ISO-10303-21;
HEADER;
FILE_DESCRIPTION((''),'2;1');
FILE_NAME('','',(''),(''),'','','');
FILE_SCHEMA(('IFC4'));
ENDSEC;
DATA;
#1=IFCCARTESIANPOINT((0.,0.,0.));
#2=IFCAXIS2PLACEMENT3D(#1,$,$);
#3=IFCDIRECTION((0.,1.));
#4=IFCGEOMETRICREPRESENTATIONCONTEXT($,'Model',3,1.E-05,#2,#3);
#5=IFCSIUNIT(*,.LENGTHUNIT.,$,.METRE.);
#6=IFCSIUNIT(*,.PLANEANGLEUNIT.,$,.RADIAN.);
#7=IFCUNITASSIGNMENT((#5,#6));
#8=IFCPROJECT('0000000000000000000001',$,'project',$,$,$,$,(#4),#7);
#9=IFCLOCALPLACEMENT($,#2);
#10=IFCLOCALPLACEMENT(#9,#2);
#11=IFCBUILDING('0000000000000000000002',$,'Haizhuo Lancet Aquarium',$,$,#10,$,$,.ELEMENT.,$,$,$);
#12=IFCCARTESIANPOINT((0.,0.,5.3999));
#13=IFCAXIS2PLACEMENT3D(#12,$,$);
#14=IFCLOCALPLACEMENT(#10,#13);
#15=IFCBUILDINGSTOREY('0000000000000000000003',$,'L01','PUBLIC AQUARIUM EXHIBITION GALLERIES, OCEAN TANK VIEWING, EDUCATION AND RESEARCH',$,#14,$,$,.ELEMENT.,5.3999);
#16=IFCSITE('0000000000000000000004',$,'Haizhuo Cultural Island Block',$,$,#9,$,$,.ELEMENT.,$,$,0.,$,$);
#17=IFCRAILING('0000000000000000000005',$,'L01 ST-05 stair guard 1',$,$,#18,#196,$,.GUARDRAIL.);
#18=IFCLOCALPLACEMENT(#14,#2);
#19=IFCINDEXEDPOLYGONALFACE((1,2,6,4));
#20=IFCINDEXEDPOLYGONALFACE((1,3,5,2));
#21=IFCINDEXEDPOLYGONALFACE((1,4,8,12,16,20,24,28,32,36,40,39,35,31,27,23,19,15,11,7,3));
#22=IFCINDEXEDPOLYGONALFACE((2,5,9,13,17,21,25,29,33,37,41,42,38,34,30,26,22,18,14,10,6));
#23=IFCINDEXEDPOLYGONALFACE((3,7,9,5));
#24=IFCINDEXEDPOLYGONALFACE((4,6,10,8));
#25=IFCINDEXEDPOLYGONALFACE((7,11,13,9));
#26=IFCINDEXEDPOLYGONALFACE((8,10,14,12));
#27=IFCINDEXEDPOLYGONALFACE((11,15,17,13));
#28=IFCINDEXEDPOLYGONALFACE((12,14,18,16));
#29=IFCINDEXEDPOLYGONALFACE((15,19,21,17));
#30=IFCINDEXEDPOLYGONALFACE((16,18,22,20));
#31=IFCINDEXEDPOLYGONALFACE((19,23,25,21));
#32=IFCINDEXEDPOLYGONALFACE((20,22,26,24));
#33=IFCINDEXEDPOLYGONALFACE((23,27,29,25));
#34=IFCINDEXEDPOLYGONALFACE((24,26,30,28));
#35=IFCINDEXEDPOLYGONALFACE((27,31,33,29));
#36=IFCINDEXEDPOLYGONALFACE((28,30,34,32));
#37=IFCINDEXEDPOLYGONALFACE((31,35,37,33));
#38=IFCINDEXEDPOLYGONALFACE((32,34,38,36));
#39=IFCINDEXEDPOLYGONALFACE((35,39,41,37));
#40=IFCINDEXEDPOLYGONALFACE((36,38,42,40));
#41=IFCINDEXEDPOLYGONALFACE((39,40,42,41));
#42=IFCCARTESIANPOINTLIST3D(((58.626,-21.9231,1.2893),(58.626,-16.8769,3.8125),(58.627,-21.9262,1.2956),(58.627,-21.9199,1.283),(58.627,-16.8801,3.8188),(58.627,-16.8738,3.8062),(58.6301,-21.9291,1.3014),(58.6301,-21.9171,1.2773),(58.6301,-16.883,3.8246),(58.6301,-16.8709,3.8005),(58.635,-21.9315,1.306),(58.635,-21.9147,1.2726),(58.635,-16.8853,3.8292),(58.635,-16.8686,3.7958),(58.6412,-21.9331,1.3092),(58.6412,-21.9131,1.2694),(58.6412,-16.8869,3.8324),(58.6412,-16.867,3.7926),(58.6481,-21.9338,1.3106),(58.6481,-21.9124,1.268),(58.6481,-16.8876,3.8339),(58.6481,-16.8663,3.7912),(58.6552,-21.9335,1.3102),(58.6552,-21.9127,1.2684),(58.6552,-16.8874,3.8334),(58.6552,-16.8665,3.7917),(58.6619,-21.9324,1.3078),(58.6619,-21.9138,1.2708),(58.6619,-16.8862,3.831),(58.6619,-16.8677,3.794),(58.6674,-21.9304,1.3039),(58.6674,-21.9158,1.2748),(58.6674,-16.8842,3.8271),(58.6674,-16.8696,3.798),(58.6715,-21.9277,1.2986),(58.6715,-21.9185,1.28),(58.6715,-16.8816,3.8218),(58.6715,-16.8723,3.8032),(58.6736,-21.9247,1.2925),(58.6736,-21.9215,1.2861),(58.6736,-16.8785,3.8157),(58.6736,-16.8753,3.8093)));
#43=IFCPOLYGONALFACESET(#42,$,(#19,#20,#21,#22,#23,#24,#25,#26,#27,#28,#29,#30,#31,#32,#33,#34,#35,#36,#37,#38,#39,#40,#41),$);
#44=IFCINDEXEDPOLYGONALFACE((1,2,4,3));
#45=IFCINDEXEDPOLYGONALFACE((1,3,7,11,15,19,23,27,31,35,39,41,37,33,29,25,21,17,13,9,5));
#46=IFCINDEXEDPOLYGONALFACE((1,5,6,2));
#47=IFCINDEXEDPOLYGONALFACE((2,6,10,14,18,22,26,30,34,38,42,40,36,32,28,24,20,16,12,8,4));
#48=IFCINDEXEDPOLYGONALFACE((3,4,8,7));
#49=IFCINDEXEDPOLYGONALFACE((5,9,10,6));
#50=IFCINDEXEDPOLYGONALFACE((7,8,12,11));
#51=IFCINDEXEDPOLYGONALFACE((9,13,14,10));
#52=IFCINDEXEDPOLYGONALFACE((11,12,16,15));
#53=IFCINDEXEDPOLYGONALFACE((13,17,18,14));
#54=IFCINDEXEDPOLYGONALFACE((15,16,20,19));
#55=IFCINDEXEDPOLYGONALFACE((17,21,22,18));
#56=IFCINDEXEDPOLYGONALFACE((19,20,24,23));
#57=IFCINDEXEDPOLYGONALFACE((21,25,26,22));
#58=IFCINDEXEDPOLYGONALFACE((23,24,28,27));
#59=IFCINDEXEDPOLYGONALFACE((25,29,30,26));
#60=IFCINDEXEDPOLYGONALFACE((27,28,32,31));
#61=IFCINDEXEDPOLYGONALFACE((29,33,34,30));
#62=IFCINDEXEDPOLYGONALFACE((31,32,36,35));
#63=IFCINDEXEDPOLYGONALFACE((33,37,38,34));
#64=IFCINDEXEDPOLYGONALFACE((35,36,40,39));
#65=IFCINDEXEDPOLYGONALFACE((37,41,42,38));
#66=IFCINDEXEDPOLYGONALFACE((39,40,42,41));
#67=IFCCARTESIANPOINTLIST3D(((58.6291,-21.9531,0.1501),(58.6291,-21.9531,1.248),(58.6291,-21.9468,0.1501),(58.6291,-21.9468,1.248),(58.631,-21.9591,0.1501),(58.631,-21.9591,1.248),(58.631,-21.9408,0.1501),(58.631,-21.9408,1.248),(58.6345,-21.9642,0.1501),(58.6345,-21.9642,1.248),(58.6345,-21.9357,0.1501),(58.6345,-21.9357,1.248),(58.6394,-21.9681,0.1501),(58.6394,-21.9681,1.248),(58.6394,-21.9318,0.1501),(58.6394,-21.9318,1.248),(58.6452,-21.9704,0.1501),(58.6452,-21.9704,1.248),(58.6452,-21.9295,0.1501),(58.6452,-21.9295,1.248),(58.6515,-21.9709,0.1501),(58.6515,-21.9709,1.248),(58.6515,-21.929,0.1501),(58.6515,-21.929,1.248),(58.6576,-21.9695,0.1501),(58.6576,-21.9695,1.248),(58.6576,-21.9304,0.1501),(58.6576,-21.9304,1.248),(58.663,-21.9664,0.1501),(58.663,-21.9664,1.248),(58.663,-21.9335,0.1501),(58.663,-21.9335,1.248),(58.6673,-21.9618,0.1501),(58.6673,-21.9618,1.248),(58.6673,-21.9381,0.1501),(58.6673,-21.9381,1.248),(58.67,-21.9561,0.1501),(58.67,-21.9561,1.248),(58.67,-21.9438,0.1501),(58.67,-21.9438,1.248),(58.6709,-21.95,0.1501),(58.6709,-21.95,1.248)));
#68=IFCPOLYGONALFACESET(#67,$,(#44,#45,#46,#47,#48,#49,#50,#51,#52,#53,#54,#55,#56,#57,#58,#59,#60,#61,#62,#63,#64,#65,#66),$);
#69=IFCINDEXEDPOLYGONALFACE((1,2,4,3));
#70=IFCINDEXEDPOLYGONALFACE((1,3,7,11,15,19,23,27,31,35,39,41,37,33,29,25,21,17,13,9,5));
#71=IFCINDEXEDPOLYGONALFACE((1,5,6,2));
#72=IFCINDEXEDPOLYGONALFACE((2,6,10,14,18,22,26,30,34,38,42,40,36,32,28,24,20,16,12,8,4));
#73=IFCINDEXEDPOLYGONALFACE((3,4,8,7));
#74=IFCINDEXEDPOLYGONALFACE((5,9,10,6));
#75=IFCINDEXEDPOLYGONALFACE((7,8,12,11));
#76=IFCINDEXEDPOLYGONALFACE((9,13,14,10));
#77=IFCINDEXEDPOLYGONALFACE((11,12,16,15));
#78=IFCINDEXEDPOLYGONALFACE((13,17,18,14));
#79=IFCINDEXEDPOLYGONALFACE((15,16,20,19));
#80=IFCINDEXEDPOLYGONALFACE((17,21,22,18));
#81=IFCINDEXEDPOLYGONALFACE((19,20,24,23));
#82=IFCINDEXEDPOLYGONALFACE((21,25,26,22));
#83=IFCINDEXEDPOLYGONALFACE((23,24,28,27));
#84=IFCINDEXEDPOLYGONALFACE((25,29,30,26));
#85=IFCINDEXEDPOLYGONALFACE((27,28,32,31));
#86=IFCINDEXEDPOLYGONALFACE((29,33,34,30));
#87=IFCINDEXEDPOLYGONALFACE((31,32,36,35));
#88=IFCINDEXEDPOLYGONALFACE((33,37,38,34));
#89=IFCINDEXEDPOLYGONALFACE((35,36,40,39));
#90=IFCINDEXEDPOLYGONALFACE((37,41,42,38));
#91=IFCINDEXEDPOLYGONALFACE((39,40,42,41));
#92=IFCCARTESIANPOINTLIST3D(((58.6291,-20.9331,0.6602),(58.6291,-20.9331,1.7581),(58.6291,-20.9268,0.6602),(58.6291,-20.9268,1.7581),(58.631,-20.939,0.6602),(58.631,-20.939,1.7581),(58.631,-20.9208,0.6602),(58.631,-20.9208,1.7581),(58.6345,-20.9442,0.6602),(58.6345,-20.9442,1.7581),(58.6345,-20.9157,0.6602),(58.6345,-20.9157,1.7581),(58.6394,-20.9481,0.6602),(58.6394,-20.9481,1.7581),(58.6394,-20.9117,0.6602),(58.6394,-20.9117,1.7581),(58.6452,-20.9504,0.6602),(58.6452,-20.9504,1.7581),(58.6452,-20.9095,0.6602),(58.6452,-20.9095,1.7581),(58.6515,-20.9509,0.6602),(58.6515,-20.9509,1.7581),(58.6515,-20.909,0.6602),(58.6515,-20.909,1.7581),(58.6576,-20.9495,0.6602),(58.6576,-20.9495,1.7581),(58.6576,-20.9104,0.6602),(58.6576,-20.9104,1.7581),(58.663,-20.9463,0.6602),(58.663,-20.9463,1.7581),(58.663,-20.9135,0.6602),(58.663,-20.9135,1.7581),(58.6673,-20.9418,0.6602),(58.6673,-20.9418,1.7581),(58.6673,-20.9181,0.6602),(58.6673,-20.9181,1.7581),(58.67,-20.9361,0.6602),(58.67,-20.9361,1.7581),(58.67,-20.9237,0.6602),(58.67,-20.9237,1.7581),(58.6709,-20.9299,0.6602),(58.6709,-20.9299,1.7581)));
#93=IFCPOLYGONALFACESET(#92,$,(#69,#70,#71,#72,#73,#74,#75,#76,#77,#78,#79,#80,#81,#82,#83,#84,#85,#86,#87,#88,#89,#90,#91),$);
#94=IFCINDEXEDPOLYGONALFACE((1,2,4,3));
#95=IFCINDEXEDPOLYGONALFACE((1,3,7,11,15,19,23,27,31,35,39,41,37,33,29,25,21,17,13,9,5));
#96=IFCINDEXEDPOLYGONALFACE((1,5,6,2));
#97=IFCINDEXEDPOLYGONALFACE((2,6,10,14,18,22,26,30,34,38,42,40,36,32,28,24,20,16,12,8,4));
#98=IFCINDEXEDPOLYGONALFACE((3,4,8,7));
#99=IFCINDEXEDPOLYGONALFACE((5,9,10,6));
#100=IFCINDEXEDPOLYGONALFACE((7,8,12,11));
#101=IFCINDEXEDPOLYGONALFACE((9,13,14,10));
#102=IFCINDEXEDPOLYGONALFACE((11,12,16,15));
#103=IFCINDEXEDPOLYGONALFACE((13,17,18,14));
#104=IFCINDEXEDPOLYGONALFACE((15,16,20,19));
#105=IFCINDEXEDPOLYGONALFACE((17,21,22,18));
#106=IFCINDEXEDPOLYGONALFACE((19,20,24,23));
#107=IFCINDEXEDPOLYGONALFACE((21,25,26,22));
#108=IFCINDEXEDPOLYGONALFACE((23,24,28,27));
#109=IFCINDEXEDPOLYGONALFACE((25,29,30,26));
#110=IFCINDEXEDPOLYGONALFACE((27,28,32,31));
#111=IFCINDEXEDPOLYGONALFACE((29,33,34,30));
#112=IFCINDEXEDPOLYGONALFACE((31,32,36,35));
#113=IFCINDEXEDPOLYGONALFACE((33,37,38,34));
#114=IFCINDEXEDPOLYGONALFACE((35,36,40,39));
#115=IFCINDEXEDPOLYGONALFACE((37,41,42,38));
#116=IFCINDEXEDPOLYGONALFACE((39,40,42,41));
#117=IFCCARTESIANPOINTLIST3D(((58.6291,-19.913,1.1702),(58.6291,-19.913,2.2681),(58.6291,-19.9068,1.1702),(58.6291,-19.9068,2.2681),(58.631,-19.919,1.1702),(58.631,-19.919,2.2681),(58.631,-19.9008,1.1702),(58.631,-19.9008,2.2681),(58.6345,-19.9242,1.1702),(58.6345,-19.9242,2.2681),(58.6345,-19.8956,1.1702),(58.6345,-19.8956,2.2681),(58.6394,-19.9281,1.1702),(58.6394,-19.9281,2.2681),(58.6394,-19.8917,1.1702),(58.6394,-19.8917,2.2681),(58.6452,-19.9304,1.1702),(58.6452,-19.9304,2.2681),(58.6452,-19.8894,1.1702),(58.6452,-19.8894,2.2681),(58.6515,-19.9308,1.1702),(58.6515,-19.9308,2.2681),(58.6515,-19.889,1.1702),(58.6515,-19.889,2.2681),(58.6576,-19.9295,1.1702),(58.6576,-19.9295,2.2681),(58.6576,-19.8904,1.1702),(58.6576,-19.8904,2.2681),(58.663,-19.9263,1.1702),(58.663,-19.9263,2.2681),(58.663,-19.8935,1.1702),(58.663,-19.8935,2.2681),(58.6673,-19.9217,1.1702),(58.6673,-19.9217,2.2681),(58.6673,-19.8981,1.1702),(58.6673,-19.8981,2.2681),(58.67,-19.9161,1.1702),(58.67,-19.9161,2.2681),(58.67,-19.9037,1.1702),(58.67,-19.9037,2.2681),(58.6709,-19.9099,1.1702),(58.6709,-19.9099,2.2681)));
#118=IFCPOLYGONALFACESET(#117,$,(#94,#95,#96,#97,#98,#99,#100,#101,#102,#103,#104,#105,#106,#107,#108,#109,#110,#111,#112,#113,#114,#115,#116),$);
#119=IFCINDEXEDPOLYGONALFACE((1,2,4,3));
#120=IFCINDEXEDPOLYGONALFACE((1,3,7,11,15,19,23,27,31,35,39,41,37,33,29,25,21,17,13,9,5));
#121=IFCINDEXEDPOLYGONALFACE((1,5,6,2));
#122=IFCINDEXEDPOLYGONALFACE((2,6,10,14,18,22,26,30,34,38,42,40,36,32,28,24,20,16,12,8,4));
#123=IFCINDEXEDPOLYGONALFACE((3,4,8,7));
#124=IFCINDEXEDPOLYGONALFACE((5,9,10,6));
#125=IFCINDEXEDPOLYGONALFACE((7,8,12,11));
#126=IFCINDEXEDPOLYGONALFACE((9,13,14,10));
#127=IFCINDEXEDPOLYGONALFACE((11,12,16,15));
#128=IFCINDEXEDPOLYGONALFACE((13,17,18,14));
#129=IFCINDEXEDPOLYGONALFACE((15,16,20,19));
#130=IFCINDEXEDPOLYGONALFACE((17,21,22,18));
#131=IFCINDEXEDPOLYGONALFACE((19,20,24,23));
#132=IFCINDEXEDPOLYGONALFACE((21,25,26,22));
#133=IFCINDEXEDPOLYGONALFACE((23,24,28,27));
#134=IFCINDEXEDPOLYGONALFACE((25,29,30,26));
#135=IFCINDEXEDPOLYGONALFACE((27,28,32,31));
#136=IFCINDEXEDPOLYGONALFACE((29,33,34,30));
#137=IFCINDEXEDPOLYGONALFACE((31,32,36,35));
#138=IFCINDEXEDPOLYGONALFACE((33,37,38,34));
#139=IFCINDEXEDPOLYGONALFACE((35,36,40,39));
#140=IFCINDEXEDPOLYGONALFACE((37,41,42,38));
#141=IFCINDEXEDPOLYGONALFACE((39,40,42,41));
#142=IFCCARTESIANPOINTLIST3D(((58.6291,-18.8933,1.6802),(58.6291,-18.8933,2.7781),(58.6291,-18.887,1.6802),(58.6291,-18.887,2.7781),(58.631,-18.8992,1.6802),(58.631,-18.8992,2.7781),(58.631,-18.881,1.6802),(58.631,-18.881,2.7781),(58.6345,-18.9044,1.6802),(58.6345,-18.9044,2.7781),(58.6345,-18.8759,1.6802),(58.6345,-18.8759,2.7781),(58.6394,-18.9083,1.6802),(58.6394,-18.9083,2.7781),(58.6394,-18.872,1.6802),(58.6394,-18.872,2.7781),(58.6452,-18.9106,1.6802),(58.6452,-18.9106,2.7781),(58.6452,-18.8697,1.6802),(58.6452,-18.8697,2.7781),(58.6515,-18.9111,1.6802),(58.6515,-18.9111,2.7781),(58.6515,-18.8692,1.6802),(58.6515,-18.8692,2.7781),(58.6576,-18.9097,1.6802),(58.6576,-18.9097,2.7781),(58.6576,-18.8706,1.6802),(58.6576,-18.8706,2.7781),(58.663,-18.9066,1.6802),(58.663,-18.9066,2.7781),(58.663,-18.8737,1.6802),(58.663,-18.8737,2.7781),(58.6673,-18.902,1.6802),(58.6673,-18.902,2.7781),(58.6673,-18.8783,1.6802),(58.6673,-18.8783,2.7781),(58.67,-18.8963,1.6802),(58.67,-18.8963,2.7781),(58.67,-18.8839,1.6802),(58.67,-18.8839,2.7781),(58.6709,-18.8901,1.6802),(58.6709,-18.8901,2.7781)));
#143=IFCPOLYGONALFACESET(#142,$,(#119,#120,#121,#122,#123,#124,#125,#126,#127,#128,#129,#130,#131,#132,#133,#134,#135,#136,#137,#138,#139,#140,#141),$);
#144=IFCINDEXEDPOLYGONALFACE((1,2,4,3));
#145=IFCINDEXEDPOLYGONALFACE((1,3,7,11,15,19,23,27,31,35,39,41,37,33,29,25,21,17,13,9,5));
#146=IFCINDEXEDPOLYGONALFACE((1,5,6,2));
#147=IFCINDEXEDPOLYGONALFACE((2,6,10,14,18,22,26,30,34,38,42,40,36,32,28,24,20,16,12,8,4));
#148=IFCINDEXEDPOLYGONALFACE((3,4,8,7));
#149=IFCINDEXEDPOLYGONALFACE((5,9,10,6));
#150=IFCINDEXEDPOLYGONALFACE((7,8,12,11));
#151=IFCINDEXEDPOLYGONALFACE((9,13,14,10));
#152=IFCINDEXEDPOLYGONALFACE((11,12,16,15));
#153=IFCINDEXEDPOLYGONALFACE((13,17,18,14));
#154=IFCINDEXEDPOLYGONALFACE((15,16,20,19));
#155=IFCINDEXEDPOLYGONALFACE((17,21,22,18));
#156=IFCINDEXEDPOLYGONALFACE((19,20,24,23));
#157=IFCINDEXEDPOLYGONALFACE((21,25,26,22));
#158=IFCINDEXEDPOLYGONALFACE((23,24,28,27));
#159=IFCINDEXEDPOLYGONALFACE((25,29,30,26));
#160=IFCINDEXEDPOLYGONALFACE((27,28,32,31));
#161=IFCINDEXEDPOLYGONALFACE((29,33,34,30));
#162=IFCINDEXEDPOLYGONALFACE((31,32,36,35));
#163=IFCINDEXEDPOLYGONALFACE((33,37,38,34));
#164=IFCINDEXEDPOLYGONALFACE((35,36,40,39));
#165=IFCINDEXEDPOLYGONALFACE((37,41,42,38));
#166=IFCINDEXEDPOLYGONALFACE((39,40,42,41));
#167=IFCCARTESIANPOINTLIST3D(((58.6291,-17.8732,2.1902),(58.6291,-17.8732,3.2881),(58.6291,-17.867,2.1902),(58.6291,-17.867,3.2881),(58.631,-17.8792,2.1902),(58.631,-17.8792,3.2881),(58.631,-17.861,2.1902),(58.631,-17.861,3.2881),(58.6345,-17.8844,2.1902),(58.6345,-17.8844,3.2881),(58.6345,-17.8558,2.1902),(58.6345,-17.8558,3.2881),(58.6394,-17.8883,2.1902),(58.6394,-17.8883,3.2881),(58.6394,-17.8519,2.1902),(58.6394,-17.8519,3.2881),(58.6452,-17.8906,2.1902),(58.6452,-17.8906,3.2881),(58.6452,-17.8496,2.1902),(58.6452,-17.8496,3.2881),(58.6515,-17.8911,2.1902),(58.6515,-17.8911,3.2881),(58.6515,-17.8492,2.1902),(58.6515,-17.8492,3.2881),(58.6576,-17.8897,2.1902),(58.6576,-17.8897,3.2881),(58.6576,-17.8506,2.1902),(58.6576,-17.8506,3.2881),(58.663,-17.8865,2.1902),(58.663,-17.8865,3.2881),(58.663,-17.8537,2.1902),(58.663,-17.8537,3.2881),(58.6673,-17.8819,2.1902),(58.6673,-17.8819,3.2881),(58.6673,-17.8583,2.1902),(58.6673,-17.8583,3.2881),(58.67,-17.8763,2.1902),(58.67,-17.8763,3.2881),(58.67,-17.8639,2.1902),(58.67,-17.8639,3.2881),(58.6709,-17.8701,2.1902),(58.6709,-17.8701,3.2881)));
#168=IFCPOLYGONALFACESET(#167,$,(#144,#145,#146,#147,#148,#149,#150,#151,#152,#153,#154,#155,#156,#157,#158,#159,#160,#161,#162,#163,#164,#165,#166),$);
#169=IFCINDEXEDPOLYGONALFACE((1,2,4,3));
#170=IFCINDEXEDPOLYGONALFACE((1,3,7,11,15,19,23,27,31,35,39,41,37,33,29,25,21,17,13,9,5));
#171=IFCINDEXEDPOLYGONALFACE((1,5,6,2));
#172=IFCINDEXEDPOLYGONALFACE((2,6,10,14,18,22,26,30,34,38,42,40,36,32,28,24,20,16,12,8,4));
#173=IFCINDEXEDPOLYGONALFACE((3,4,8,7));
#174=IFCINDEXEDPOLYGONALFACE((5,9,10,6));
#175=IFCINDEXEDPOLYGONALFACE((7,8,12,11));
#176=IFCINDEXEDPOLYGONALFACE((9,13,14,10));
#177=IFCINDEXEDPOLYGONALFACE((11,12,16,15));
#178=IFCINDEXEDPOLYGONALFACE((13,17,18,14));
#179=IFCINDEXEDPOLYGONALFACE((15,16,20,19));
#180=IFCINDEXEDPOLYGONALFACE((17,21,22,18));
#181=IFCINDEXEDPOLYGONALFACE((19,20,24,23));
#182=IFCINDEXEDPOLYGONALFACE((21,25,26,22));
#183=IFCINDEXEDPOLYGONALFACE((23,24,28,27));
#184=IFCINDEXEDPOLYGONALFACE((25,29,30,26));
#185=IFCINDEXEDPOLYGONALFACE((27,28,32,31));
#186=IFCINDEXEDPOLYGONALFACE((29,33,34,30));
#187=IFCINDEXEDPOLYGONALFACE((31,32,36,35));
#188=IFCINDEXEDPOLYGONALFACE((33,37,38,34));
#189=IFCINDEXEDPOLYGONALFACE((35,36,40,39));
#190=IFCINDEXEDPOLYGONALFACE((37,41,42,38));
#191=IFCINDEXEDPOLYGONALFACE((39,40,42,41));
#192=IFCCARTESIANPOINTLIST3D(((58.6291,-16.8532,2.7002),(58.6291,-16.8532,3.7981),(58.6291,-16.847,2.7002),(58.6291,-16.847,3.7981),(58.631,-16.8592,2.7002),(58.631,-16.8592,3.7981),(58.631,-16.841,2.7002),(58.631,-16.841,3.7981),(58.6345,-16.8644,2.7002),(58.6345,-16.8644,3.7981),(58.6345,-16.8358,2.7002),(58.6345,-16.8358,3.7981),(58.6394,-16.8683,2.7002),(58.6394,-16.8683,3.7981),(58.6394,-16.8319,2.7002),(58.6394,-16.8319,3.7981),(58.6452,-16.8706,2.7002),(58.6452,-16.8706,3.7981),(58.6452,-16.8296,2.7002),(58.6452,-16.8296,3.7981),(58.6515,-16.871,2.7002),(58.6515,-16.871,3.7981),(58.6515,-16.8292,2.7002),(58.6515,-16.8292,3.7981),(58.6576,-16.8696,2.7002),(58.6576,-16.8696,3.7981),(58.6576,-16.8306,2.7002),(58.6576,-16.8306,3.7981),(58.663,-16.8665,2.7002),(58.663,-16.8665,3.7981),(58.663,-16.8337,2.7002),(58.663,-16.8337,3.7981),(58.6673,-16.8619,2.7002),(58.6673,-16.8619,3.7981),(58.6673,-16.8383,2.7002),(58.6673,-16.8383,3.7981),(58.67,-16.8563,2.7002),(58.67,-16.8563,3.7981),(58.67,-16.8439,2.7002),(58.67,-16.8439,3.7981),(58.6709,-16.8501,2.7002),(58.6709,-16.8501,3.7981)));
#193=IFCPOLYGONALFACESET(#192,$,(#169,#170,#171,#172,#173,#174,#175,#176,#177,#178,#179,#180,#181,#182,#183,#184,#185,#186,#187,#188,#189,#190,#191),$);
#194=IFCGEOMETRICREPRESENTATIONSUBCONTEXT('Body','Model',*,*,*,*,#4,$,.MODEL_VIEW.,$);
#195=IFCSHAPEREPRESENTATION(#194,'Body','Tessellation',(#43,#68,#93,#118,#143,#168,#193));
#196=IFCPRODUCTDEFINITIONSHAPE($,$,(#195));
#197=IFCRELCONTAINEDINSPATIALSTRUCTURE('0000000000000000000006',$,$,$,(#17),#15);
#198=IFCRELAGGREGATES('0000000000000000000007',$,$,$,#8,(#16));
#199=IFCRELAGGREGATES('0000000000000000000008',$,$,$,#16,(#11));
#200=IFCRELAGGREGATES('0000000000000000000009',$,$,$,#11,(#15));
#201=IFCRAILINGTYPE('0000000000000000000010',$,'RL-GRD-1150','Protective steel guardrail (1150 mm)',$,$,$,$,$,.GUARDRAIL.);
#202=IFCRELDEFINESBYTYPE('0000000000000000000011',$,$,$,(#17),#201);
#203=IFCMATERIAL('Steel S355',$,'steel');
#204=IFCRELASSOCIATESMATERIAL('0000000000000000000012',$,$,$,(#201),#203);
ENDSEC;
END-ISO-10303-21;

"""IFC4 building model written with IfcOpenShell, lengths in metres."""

from ifc_helpers import new_model, si_unit, direction, frame, origin, origin_2d, place, context, subcontext, project, spatial, circle, extrude, material, type_object, element, save


model = new_model("IFC4")

# Units and contexts
model_context = context("Model", 3, precision=1e-05, world=origin(), true_north=direction((0.0, 1.0)))
body_context = subcontext(model_context, "Body", "Model", "MODEL_VIEW")
ifc_project = project(units=[si_unit("LENGTHUNIT", "METRE"), si_unit("PLANEANGLEUNIT", "RADIAN")], contexts=[model_context])

# Site, building, storey
site_placement = place(None, origin())
site = spatial("IfcSite", under=ifc_project, at=site_placement, Name="Haizhuo Cultural Island Block", CompositionType="ELEMENT", RefElevation=0.0)
building_placement = place(site_placement, origin())
building = spatial("IfcBuilding", under=site, at=building_placement, Name="Haizhuo Lancet Aquarium", CompositionType="ELEMENT")
storey_placement = place(building_placement, frame((0.0, 0.0, 5.3999)))
storey = spatial("IfcBuildingStorey", under=building, at=storey_placement, Name="L01", Description="PUBLIC AQUARIUM EXHIBITION GALLERIES, OCEAN TANK VIEWING, EDUCATION AND RESEARCH", CompositionType="ELEMENT", Elevation=5.3999)

# Shared definitions
ifc_material_1 = material(Name="Steel S355", Category="steel")

# Railing
railing_type_1 = type_object("IfcRailingType", Name="RL-GRD-1150", Description="Protective steel guardrail (1150 mm)", PredefinedType="GUARDRAIL", material=ifc_material_1)
railing_1_placement = place(storey_placement, frame((58.6499, -21.95, 0.1501)))
element("IfcRailing", 1, at=railing_1_placement, inside=storey, type_object=railing_type_1, Name="L01 ST-05 stair guard 1", PredefinedType="GUARDRAIL", context=body_context, shape_type="SweptSolid", body=[
    extrude(circle(Radius=0.0239, at=origin_2d()), frame((0.0, 0.0269, 1.1392), z_axis=(0.0, 0.894419, 0.447231), x_axis=(-1.0, 0.0, 0.0)), (0.0, 0.0, 1.0), 5.6418),
    extrude(circle(Radius=0.021, at=origin_2d()), origin(), (0.0, 0.0, 1.0), 1.0979),
    extrude(circle(Radius=0.021, at=origin_2d()), frame((0.0, 1.02, 0.51)), (0.0, 0.0, 1.0), 1.0979),
    extrude(circle(Radius=0.021, at=origin_2d()), frame((0.0, 2.04, 1.02)), (0.0, 0.0, 1.0), 1.0979),
    extrude(circle(Radius=0.021, at=origin_2d()), frame((0.0, 3.0598, 1.53)), (0.0, 0.0, 1.0), 1.0979),
    extrude(circle(Radius=0.021, at=origin_2d()), frame((0.0, 4.0798, 2.04)), (0.0, 0.0, 1.0), 1.0979),
    extrude(circle(Radius=0.021, at=origin_2d()), frame((0.0, 5.0999, 2.55)), (0.0, 0.0, 1.0), 1.0979),
])

save(model, "model.ifc")
